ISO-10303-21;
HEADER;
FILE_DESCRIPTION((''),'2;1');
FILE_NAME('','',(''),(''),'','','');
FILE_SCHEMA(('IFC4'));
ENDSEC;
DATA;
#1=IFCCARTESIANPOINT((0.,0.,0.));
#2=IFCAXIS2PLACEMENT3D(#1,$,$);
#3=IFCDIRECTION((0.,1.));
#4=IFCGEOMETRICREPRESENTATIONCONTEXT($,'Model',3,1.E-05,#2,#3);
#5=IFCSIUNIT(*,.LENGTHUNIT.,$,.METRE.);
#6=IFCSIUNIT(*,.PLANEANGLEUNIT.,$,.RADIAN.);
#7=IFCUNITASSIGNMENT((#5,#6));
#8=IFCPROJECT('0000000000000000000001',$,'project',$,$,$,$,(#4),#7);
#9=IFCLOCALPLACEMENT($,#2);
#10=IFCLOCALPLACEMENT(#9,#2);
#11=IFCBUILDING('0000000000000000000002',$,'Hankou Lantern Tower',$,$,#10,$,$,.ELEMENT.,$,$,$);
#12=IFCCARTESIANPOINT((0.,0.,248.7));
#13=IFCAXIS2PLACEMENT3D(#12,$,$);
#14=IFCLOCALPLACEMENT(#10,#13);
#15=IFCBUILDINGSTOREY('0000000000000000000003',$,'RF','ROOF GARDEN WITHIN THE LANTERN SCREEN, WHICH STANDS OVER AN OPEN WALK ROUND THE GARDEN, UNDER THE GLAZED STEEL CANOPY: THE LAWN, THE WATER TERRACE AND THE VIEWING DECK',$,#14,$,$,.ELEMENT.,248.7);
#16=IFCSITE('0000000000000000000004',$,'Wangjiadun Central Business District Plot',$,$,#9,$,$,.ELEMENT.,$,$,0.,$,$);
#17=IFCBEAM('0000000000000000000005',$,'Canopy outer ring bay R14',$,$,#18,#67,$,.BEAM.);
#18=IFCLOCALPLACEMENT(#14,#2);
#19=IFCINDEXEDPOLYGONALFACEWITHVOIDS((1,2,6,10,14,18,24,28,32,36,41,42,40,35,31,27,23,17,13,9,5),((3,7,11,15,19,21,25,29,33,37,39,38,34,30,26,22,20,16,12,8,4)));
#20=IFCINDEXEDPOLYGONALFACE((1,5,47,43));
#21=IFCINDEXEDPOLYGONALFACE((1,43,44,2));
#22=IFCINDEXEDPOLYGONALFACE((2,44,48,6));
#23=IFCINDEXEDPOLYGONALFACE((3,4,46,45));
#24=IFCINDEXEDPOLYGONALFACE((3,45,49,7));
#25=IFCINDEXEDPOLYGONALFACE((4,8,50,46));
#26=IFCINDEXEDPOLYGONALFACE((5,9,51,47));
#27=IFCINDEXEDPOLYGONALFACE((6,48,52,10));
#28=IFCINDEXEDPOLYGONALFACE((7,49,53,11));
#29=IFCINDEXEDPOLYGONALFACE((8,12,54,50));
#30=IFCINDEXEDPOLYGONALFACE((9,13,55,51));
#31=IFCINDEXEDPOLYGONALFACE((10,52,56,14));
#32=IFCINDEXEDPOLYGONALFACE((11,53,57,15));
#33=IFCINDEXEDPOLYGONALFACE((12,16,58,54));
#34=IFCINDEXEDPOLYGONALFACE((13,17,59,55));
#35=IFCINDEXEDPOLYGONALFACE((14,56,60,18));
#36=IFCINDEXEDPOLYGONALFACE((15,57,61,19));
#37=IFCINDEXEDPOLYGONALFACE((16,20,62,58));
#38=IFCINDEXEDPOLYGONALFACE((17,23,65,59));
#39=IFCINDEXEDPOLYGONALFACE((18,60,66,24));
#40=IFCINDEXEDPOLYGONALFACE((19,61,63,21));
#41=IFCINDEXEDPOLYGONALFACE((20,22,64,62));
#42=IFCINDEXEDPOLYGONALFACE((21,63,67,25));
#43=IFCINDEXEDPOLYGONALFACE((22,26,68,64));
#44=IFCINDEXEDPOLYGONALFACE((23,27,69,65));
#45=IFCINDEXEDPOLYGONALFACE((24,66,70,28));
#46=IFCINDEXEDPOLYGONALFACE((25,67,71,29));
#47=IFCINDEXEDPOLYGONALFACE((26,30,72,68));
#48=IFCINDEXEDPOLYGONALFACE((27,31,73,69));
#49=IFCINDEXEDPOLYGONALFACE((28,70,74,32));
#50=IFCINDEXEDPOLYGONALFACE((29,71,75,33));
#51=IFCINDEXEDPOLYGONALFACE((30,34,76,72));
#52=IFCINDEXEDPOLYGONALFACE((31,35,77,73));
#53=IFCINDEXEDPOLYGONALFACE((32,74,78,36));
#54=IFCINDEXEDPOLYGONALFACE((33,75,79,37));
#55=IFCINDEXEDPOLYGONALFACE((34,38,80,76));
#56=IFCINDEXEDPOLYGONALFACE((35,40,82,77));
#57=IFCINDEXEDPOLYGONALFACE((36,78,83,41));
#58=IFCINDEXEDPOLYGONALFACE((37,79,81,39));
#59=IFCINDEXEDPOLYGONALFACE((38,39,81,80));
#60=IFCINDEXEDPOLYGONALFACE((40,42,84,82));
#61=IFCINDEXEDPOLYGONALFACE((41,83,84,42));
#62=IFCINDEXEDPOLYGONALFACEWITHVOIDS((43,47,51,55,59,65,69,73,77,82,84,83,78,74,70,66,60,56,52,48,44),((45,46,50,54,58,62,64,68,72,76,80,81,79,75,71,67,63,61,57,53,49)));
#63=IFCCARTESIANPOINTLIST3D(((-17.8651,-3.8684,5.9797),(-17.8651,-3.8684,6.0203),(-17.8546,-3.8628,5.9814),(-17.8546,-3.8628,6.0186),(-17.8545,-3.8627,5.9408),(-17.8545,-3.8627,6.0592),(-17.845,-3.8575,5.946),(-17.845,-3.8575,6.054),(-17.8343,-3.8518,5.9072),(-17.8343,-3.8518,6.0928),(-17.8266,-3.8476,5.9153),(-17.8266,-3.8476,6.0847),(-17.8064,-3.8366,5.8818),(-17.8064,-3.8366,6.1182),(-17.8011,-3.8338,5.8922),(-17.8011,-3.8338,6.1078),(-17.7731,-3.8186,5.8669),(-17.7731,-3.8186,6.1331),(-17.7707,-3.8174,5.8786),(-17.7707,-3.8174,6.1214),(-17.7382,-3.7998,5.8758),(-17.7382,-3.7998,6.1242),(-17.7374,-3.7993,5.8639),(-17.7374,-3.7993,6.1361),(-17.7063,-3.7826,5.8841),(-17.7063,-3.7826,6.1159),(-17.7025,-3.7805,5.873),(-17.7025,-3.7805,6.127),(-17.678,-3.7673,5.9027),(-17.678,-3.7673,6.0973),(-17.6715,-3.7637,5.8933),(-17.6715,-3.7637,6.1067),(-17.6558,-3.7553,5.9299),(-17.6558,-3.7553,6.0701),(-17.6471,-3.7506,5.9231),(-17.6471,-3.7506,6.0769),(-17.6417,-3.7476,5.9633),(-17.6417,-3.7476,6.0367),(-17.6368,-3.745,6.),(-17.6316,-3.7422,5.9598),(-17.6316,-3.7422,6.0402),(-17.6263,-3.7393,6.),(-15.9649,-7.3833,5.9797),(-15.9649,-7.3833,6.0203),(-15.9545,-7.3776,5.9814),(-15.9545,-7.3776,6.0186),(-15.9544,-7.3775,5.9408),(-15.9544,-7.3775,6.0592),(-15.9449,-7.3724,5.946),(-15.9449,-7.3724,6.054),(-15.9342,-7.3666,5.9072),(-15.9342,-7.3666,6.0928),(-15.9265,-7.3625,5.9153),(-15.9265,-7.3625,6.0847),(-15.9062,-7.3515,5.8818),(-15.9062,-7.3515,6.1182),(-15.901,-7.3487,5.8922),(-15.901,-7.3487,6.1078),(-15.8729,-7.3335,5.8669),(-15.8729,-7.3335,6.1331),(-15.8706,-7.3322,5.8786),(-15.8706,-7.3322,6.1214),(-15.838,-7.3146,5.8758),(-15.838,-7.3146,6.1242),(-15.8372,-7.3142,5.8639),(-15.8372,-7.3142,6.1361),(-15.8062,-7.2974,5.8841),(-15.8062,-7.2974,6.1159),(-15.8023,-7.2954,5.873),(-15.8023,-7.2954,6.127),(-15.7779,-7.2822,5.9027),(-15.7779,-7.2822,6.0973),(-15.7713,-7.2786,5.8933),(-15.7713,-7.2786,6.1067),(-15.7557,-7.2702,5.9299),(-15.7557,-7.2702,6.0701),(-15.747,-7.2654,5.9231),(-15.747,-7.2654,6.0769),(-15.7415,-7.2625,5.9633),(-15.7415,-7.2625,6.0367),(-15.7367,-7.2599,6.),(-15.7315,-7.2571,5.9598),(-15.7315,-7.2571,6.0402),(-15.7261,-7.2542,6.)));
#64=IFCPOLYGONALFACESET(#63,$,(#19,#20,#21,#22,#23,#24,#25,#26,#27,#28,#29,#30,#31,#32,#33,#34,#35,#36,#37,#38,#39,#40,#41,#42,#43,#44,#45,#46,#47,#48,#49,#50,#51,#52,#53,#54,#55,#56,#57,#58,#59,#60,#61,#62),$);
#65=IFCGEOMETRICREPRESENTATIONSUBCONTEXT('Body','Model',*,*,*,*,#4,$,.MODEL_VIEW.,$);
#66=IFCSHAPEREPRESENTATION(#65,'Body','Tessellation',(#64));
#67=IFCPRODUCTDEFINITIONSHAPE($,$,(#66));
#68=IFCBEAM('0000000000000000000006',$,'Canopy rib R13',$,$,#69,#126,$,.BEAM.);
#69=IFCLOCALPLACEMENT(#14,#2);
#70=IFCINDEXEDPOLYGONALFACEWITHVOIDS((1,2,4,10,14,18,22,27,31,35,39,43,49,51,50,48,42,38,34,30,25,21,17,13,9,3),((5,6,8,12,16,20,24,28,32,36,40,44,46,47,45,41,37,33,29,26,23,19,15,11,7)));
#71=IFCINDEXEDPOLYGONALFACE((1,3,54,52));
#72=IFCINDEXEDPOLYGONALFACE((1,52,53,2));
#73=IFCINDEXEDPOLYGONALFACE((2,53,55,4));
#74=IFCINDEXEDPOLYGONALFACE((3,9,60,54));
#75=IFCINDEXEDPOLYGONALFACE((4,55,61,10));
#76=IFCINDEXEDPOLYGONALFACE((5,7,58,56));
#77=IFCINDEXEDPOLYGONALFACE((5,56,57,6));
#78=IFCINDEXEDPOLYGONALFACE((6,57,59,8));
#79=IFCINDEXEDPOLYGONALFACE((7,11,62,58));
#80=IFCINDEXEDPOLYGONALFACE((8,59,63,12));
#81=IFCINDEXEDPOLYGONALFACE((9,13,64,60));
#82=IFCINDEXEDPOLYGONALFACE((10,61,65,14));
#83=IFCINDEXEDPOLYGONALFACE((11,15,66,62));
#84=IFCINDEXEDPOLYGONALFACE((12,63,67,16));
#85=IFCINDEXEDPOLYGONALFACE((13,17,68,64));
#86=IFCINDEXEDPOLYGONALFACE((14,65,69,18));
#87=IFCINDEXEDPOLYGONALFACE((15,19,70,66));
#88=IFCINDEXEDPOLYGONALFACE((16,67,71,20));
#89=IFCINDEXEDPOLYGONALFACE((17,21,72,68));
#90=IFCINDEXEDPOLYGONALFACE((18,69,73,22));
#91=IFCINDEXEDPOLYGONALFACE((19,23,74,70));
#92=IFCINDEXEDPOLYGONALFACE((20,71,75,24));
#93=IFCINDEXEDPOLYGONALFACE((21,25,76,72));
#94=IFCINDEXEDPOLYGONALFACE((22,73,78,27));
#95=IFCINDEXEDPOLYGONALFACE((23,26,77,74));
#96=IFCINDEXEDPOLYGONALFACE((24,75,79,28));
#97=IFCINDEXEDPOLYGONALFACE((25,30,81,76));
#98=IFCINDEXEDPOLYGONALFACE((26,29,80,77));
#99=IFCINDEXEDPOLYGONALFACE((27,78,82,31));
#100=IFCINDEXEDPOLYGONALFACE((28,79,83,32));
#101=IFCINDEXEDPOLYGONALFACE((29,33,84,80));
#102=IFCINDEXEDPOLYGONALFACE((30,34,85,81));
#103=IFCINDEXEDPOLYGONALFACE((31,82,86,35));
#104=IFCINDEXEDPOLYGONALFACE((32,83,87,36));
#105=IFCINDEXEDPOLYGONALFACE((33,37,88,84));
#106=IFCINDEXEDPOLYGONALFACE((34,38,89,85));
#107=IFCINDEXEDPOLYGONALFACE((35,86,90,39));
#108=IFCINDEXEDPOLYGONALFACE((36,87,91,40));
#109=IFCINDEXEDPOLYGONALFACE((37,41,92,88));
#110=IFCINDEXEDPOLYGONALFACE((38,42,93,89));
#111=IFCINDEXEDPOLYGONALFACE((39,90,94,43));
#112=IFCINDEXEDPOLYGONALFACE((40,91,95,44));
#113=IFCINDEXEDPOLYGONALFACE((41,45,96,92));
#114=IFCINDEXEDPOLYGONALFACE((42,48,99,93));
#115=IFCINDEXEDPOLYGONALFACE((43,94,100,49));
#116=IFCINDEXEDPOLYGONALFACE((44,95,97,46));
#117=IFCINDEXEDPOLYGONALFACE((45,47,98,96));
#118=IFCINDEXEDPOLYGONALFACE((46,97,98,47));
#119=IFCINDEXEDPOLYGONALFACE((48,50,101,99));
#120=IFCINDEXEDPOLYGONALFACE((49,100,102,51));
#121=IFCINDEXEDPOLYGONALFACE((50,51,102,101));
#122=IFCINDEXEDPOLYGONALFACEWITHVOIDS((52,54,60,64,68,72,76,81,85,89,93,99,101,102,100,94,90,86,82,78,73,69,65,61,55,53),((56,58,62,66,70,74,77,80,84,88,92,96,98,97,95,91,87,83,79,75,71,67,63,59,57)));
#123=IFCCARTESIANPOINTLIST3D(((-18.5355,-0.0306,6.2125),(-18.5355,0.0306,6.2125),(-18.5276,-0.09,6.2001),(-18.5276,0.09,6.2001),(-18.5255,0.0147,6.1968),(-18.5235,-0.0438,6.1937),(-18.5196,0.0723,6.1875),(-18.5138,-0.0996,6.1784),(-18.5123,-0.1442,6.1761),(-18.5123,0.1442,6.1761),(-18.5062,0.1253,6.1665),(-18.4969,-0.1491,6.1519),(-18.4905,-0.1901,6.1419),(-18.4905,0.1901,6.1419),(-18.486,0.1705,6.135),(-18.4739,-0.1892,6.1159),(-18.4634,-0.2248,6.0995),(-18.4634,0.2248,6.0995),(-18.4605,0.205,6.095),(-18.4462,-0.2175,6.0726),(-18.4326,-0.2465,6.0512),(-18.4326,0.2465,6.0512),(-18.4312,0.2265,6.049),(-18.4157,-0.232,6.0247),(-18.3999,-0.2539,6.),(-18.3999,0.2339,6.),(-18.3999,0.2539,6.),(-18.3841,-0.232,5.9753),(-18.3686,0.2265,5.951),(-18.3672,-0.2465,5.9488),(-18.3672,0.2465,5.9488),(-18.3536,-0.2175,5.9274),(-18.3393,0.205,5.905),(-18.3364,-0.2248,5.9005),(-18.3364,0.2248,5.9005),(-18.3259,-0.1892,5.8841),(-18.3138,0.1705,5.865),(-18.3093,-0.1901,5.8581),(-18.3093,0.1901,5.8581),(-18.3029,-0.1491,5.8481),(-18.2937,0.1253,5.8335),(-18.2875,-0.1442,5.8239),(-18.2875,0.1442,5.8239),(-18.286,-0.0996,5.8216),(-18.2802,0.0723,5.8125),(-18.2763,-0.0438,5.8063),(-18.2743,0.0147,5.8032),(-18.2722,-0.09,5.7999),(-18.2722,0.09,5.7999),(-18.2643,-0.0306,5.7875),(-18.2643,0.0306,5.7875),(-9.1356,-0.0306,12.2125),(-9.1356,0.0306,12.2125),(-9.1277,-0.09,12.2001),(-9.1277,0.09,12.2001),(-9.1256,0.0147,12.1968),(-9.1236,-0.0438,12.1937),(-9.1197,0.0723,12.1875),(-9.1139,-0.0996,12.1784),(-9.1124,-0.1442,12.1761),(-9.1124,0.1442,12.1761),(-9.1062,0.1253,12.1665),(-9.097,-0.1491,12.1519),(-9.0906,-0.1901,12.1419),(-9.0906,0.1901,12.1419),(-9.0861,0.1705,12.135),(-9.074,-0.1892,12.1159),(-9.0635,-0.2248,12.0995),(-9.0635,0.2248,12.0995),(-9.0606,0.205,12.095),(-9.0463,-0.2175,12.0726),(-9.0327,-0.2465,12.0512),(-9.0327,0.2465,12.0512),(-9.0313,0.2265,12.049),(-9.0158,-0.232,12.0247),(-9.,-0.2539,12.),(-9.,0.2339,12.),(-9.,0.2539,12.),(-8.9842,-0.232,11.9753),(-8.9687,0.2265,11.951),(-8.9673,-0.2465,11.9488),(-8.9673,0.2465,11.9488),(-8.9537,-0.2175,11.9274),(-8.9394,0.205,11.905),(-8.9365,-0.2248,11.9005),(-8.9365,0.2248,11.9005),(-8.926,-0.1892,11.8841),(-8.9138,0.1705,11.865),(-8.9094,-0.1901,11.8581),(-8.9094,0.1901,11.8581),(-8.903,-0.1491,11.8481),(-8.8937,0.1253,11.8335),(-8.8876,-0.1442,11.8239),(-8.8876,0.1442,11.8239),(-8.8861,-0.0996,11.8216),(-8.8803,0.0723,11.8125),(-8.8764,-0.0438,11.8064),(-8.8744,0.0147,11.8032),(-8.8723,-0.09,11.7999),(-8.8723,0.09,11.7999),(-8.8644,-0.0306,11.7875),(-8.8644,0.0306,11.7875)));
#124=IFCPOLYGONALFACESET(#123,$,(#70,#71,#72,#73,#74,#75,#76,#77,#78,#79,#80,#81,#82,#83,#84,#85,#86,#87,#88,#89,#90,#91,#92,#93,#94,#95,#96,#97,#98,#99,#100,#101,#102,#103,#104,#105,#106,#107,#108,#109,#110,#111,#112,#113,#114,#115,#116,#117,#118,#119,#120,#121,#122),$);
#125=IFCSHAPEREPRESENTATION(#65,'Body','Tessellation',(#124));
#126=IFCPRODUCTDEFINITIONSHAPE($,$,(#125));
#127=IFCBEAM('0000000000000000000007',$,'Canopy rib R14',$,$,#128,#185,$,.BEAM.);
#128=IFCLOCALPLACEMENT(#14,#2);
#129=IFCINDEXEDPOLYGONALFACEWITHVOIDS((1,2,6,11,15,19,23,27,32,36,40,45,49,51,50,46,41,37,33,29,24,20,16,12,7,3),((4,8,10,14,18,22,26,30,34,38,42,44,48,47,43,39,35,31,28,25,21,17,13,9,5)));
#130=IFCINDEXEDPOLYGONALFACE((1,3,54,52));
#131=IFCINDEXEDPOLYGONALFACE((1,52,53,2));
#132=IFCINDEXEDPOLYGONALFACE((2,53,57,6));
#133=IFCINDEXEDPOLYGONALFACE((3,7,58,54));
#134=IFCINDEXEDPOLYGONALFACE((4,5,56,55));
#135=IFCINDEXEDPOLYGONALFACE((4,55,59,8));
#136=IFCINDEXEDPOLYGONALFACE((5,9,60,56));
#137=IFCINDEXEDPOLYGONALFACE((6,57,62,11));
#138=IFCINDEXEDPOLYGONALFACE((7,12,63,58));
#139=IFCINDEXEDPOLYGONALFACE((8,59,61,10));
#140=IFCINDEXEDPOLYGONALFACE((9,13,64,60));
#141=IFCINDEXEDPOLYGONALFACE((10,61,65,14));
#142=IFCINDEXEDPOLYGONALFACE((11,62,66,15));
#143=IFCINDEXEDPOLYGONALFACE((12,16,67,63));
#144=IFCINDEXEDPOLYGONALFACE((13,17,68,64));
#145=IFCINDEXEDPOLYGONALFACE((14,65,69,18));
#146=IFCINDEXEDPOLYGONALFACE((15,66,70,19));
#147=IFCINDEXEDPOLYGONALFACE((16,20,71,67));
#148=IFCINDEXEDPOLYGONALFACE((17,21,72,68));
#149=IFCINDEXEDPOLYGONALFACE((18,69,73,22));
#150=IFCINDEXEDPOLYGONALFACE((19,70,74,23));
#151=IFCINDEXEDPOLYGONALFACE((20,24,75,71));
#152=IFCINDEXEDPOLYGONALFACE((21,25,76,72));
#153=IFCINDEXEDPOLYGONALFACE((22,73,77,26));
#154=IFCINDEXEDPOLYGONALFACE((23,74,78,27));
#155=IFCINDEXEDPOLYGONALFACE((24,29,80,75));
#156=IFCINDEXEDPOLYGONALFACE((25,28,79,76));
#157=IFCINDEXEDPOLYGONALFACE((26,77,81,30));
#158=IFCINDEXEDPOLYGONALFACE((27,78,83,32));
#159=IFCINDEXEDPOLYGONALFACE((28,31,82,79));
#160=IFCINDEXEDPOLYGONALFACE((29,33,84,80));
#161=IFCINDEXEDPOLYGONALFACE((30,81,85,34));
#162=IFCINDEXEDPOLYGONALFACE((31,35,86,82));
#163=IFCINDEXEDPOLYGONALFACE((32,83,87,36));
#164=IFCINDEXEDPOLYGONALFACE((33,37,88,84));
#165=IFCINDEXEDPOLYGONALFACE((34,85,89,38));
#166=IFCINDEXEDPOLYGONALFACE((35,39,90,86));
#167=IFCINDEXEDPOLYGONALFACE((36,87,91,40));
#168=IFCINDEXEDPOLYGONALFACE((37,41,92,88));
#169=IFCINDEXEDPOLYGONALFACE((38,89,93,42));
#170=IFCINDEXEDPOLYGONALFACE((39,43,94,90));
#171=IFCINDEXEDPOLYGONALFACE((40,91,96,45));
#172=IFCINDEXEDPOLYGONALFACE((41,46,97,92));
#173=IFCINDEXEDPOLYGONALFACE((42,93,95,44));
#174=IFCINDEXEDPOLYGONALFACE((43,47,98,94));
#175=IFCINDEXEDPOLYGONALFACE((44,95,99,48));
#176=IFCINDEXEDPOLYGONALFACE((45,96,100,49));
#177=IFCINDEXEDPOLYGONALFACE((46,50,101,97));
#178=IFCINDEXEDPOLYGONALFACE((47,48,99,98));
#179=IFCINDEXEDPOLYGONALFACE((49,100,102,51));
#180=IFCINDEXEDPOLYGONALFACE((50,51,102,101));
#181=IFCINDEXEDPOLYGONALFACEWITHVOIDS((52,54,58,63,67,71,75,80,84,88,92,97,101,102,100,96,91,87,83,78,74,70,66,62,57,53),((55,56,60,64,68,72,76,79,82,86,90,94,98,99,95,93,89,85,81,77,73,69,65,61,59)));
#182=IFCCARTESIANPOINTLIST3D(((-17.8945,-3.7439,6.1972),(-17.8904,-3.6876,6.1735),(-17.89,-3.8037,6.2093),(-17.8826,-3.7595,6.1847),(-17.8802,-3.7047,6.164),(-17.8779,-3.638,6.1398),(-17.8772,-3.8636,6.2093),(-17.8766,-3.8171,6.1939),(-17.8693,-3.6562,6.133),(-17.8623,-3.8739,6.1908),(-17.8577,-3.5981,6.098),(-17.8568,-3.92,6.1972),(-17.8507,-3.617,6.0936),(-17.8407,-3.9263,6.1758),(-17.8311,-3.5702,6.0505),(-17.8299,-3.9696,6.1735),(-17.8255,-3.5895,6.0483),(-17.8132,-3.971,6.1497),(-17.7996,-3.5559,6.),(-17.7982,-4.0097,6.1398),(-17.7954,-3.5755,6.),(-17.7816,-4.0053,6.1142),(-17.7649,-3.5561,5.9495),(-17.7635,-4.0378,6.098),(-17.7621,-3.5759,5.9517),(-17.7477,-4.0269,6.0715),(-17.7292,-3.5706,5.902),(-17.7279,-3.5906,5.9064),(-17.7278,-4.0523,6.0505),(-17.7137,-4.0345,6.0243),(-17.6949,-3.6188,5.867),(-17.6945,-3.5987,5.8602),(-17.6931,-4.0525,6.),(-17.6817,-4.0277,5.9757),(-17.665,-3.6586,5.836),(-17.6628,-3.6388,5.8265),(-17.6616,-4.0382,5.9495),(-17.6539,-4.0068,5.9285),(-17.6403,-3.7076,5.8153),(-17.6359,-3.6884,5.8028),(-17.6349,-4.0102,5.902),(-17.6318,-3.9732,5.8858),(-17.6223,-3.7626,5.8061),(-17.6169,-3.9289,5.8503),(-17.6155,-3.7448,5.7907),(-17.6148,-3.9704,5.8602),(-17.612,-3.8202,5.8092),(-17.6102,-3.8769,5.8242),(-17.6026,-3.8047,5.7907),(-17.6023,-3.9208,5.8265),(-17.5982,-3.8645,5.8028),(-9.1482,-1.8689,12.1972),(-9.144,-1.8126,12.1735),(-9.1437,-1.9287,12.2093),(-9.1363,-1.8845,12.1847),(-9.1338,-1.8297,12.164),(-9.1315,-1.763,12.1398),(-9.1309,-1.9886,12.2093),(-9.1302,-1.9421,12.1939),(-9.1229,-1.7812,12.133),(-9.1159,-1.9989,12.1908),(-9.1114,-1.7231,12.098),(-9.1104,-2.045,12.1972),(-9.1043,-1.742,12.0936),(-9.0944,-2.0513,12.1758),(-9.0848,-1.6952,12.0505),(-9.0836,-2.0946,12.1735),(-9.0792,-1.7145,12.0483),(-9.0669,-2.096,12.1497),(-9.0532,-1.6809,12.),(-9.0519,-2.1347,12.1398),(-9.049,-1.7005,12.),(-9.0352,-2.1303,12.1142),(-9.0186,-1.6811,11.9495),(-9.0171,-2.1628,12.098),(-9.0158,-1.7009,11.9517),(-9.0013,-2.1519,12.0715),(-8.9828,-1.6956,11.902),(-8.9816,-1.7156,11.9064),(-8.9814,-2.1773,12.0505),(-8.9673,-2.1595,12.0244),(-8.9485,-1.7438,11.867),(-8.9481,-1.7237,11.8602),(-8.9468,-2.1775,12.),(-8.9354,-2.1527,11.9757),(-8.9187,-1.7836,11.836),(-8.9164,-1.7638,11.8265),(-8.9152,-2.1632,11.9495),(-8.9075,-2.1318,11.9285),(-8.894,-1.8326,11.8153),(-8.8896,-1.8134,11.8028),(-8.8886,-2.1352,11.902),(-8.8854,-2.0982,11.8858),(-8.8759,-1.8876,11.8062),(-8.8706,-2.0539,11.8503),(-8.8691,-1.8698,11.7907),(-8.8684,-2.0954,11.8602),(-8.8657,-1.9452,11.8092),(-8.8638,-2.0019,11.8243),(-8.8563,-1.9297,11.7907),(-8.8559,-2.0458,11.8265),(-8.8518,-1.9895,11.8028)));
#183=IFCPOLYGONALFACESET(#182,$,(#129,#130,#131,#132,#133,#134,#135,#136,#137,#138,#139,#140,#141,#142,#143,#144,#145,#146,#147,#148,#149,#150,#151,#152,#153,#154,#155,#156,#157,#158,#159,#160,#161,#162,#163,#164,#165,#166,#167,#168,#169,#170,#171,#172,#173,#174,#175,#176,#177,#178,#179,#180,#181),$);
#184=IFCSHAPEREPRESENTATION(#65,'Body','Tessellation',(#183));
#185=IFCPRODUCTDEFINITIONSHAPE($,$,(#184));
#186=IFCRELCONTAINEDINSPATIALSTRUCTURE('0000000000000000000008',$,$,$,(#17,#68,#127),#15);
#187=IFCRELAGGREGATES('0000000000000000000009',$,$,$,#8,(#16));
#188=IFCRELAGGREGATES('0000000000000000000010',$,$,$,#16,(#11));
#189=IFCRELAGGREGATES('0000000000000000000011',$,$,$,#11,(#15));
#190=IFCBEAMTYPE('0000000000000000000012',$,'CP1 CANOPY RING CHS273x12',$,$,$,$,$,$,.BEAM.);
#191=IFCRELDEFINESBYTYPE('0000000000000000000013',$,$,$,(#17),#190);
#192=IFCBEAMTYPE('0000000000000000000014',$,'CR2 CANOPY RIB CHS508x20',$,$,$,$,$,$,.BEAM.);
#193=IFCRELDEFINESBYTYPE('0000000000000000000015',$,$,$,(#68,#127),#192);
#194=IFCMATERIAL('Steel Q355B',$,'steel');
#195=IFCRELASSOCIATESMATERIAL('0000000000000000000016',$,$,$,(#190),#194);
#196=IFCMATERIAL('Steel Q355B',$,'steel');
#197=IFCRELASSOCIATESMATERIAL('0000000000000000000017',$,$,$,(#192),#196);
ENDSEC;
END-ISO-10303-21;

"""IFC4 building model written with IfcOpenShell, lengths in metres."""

from ifc_helpers import new_model, si_unit, direction, frame, origin, origin_2d, place, context, subcontext, project, spatial, hollow_circle, extrude, material, material_profile, profile_set, type_object, element, save


model = new_model("IFC4")

# Units and contexts
model_context = context("Model", 3, precision=1e-05, world=origin(), true_north=direction((0.0, 1.0)))
body_context = subcontext(model_context, "Body", "Model", "MODEL_VIEW")
ifc_project = project(units=[si_unit("LENGTHUNIT", "METRE"), si_unit("PLANEANGLEUNIT", "RADIAN")], contexts=[model_context])

# Site, building, storey
site_placement = place(None, origin())
site = spatial("IfcSite", under=ifc_project, at=site_placement, Name="Wangjiadun Central Business District Plot", CompositionType="ELEMENT", RefElevation=0.0)
building_placement = place(site_placement, origin())
building = spatial("IfcBuilding", under=site, at=building_placement, Name="Hankou Lantern Tower", CompositionType="ELEMENT")
storey_placement = place(building_placement, frame((0.0, 0.0, 248.7)))
storey = spatial("IfcBuildingStorey", under=building, at=storey_placement, Name="RF", Description="ROOF GARDEN WITHIN THE LANTERN SCREEN, WHICH STANDS OVER AN OPEN WALK ROUND THE GARDEN, UNDER THE GLAZED STEEL CANOPY: THE LAWN, THE WATER TERRACE AND THE VIEWING DECK", CompositionType="ELEMENT", Elevation=248.7)

# Beams
ifc_material_1 = material(Name="Steel Q355B", Category="steel")
ifc_material_profile_1 = material_profile(ifc_material_1, hollow_circle(Radius=0.1365, WallThickness=0.012, at=origin_2d()), Name="CHS273x12")
ifc_profile_set_1 = profile_set([ifc_material_profile_1], Name="Steel Q355B")
beam_type_1 = type_object("IfcBeamType", Name="CP1 CANOPY RING CHS273x12", PredefinedType="BEAM", material=ifc_profile_set_1)
beam_1_placement = place(storey_placement, frame((-17.7463, -3.8042, 6.0), z_axis=(0.475557, -0.879685, 0.0), x_axis=(0.879685, 0.475557, 0.0)))
element("IfcBeam", 1, at=beam_1_placement, inside=storey, type_object=beam_type_1, Name="Canopy outer ring bay R14", PredefinedType="BEAM", context=body_context, shape_type="SweptSolid", body=[
    extrude(hollow_circle(Radius=0.1365, WallThickness=0.012, at=origin_2d()), origin(), (0.0, 0.0, 1.0), 3.9956),
])
ifc_material_2 = material(Name="Steel Q355B", Category="steel")
ifc_material_profile_2 = material_profile(ifc_material_2, hollow_circle(Radius=0.2539, WallThickness=0.02, at=origin_2d()), Name="CHS508x20")
ifc_profile_set_2 = profile_set([ifc_material_profile_2], Name="Steel Q355B")
beam_type_2 = type_object("IfcBeamType", Name="CR2 CANOPY RIB CHS508x20", PredefinedType="BEAM", material=ifc_profile_set_2)
beam_2_placement = place(storey_placement, frame((-18.3999, 0.0, 6.0), z_axis=(0.84292, 0.0, 0.538039), x_axis=(0.0, 1.0, 0.0)))
element("IfcBeam", 2, at=beam_2_placement, inside=storey, type_object=beam_type_2, Name="Canopy rib R13", PredefinedType="BEAM", context=body_context, shape_type="SweptSolid", body=[
    extrude(hollow_circle(Radius=0.2539, WallThickness=0.02, at=origin_2d()), origin(), (0.0, 0.0, 1.0), 11.1516),
])
beam_3_placement = place(storey_placement, frame((-17.7463, -3.8042, 6.0), z_axis=(0.812028, 0.174079, 0.557052), x_axis=(-0.209613, 0.977784, 0.0)))
element("IfcBeam", 3, at=beam_3_placement, inside=storey, type_object=beam_type_2, Name="Canopy rib R14", PredefinedType="BEAM", context=body_context, shape_type="SweptSolid", body=[
    extrude(hollow_circle(Radius=0.2539, WallThickness=0.02, at=origin_2d()), origin(), (0.0, 0.0, 1.0), 10.771),
])

save(model, "model.ifc")
